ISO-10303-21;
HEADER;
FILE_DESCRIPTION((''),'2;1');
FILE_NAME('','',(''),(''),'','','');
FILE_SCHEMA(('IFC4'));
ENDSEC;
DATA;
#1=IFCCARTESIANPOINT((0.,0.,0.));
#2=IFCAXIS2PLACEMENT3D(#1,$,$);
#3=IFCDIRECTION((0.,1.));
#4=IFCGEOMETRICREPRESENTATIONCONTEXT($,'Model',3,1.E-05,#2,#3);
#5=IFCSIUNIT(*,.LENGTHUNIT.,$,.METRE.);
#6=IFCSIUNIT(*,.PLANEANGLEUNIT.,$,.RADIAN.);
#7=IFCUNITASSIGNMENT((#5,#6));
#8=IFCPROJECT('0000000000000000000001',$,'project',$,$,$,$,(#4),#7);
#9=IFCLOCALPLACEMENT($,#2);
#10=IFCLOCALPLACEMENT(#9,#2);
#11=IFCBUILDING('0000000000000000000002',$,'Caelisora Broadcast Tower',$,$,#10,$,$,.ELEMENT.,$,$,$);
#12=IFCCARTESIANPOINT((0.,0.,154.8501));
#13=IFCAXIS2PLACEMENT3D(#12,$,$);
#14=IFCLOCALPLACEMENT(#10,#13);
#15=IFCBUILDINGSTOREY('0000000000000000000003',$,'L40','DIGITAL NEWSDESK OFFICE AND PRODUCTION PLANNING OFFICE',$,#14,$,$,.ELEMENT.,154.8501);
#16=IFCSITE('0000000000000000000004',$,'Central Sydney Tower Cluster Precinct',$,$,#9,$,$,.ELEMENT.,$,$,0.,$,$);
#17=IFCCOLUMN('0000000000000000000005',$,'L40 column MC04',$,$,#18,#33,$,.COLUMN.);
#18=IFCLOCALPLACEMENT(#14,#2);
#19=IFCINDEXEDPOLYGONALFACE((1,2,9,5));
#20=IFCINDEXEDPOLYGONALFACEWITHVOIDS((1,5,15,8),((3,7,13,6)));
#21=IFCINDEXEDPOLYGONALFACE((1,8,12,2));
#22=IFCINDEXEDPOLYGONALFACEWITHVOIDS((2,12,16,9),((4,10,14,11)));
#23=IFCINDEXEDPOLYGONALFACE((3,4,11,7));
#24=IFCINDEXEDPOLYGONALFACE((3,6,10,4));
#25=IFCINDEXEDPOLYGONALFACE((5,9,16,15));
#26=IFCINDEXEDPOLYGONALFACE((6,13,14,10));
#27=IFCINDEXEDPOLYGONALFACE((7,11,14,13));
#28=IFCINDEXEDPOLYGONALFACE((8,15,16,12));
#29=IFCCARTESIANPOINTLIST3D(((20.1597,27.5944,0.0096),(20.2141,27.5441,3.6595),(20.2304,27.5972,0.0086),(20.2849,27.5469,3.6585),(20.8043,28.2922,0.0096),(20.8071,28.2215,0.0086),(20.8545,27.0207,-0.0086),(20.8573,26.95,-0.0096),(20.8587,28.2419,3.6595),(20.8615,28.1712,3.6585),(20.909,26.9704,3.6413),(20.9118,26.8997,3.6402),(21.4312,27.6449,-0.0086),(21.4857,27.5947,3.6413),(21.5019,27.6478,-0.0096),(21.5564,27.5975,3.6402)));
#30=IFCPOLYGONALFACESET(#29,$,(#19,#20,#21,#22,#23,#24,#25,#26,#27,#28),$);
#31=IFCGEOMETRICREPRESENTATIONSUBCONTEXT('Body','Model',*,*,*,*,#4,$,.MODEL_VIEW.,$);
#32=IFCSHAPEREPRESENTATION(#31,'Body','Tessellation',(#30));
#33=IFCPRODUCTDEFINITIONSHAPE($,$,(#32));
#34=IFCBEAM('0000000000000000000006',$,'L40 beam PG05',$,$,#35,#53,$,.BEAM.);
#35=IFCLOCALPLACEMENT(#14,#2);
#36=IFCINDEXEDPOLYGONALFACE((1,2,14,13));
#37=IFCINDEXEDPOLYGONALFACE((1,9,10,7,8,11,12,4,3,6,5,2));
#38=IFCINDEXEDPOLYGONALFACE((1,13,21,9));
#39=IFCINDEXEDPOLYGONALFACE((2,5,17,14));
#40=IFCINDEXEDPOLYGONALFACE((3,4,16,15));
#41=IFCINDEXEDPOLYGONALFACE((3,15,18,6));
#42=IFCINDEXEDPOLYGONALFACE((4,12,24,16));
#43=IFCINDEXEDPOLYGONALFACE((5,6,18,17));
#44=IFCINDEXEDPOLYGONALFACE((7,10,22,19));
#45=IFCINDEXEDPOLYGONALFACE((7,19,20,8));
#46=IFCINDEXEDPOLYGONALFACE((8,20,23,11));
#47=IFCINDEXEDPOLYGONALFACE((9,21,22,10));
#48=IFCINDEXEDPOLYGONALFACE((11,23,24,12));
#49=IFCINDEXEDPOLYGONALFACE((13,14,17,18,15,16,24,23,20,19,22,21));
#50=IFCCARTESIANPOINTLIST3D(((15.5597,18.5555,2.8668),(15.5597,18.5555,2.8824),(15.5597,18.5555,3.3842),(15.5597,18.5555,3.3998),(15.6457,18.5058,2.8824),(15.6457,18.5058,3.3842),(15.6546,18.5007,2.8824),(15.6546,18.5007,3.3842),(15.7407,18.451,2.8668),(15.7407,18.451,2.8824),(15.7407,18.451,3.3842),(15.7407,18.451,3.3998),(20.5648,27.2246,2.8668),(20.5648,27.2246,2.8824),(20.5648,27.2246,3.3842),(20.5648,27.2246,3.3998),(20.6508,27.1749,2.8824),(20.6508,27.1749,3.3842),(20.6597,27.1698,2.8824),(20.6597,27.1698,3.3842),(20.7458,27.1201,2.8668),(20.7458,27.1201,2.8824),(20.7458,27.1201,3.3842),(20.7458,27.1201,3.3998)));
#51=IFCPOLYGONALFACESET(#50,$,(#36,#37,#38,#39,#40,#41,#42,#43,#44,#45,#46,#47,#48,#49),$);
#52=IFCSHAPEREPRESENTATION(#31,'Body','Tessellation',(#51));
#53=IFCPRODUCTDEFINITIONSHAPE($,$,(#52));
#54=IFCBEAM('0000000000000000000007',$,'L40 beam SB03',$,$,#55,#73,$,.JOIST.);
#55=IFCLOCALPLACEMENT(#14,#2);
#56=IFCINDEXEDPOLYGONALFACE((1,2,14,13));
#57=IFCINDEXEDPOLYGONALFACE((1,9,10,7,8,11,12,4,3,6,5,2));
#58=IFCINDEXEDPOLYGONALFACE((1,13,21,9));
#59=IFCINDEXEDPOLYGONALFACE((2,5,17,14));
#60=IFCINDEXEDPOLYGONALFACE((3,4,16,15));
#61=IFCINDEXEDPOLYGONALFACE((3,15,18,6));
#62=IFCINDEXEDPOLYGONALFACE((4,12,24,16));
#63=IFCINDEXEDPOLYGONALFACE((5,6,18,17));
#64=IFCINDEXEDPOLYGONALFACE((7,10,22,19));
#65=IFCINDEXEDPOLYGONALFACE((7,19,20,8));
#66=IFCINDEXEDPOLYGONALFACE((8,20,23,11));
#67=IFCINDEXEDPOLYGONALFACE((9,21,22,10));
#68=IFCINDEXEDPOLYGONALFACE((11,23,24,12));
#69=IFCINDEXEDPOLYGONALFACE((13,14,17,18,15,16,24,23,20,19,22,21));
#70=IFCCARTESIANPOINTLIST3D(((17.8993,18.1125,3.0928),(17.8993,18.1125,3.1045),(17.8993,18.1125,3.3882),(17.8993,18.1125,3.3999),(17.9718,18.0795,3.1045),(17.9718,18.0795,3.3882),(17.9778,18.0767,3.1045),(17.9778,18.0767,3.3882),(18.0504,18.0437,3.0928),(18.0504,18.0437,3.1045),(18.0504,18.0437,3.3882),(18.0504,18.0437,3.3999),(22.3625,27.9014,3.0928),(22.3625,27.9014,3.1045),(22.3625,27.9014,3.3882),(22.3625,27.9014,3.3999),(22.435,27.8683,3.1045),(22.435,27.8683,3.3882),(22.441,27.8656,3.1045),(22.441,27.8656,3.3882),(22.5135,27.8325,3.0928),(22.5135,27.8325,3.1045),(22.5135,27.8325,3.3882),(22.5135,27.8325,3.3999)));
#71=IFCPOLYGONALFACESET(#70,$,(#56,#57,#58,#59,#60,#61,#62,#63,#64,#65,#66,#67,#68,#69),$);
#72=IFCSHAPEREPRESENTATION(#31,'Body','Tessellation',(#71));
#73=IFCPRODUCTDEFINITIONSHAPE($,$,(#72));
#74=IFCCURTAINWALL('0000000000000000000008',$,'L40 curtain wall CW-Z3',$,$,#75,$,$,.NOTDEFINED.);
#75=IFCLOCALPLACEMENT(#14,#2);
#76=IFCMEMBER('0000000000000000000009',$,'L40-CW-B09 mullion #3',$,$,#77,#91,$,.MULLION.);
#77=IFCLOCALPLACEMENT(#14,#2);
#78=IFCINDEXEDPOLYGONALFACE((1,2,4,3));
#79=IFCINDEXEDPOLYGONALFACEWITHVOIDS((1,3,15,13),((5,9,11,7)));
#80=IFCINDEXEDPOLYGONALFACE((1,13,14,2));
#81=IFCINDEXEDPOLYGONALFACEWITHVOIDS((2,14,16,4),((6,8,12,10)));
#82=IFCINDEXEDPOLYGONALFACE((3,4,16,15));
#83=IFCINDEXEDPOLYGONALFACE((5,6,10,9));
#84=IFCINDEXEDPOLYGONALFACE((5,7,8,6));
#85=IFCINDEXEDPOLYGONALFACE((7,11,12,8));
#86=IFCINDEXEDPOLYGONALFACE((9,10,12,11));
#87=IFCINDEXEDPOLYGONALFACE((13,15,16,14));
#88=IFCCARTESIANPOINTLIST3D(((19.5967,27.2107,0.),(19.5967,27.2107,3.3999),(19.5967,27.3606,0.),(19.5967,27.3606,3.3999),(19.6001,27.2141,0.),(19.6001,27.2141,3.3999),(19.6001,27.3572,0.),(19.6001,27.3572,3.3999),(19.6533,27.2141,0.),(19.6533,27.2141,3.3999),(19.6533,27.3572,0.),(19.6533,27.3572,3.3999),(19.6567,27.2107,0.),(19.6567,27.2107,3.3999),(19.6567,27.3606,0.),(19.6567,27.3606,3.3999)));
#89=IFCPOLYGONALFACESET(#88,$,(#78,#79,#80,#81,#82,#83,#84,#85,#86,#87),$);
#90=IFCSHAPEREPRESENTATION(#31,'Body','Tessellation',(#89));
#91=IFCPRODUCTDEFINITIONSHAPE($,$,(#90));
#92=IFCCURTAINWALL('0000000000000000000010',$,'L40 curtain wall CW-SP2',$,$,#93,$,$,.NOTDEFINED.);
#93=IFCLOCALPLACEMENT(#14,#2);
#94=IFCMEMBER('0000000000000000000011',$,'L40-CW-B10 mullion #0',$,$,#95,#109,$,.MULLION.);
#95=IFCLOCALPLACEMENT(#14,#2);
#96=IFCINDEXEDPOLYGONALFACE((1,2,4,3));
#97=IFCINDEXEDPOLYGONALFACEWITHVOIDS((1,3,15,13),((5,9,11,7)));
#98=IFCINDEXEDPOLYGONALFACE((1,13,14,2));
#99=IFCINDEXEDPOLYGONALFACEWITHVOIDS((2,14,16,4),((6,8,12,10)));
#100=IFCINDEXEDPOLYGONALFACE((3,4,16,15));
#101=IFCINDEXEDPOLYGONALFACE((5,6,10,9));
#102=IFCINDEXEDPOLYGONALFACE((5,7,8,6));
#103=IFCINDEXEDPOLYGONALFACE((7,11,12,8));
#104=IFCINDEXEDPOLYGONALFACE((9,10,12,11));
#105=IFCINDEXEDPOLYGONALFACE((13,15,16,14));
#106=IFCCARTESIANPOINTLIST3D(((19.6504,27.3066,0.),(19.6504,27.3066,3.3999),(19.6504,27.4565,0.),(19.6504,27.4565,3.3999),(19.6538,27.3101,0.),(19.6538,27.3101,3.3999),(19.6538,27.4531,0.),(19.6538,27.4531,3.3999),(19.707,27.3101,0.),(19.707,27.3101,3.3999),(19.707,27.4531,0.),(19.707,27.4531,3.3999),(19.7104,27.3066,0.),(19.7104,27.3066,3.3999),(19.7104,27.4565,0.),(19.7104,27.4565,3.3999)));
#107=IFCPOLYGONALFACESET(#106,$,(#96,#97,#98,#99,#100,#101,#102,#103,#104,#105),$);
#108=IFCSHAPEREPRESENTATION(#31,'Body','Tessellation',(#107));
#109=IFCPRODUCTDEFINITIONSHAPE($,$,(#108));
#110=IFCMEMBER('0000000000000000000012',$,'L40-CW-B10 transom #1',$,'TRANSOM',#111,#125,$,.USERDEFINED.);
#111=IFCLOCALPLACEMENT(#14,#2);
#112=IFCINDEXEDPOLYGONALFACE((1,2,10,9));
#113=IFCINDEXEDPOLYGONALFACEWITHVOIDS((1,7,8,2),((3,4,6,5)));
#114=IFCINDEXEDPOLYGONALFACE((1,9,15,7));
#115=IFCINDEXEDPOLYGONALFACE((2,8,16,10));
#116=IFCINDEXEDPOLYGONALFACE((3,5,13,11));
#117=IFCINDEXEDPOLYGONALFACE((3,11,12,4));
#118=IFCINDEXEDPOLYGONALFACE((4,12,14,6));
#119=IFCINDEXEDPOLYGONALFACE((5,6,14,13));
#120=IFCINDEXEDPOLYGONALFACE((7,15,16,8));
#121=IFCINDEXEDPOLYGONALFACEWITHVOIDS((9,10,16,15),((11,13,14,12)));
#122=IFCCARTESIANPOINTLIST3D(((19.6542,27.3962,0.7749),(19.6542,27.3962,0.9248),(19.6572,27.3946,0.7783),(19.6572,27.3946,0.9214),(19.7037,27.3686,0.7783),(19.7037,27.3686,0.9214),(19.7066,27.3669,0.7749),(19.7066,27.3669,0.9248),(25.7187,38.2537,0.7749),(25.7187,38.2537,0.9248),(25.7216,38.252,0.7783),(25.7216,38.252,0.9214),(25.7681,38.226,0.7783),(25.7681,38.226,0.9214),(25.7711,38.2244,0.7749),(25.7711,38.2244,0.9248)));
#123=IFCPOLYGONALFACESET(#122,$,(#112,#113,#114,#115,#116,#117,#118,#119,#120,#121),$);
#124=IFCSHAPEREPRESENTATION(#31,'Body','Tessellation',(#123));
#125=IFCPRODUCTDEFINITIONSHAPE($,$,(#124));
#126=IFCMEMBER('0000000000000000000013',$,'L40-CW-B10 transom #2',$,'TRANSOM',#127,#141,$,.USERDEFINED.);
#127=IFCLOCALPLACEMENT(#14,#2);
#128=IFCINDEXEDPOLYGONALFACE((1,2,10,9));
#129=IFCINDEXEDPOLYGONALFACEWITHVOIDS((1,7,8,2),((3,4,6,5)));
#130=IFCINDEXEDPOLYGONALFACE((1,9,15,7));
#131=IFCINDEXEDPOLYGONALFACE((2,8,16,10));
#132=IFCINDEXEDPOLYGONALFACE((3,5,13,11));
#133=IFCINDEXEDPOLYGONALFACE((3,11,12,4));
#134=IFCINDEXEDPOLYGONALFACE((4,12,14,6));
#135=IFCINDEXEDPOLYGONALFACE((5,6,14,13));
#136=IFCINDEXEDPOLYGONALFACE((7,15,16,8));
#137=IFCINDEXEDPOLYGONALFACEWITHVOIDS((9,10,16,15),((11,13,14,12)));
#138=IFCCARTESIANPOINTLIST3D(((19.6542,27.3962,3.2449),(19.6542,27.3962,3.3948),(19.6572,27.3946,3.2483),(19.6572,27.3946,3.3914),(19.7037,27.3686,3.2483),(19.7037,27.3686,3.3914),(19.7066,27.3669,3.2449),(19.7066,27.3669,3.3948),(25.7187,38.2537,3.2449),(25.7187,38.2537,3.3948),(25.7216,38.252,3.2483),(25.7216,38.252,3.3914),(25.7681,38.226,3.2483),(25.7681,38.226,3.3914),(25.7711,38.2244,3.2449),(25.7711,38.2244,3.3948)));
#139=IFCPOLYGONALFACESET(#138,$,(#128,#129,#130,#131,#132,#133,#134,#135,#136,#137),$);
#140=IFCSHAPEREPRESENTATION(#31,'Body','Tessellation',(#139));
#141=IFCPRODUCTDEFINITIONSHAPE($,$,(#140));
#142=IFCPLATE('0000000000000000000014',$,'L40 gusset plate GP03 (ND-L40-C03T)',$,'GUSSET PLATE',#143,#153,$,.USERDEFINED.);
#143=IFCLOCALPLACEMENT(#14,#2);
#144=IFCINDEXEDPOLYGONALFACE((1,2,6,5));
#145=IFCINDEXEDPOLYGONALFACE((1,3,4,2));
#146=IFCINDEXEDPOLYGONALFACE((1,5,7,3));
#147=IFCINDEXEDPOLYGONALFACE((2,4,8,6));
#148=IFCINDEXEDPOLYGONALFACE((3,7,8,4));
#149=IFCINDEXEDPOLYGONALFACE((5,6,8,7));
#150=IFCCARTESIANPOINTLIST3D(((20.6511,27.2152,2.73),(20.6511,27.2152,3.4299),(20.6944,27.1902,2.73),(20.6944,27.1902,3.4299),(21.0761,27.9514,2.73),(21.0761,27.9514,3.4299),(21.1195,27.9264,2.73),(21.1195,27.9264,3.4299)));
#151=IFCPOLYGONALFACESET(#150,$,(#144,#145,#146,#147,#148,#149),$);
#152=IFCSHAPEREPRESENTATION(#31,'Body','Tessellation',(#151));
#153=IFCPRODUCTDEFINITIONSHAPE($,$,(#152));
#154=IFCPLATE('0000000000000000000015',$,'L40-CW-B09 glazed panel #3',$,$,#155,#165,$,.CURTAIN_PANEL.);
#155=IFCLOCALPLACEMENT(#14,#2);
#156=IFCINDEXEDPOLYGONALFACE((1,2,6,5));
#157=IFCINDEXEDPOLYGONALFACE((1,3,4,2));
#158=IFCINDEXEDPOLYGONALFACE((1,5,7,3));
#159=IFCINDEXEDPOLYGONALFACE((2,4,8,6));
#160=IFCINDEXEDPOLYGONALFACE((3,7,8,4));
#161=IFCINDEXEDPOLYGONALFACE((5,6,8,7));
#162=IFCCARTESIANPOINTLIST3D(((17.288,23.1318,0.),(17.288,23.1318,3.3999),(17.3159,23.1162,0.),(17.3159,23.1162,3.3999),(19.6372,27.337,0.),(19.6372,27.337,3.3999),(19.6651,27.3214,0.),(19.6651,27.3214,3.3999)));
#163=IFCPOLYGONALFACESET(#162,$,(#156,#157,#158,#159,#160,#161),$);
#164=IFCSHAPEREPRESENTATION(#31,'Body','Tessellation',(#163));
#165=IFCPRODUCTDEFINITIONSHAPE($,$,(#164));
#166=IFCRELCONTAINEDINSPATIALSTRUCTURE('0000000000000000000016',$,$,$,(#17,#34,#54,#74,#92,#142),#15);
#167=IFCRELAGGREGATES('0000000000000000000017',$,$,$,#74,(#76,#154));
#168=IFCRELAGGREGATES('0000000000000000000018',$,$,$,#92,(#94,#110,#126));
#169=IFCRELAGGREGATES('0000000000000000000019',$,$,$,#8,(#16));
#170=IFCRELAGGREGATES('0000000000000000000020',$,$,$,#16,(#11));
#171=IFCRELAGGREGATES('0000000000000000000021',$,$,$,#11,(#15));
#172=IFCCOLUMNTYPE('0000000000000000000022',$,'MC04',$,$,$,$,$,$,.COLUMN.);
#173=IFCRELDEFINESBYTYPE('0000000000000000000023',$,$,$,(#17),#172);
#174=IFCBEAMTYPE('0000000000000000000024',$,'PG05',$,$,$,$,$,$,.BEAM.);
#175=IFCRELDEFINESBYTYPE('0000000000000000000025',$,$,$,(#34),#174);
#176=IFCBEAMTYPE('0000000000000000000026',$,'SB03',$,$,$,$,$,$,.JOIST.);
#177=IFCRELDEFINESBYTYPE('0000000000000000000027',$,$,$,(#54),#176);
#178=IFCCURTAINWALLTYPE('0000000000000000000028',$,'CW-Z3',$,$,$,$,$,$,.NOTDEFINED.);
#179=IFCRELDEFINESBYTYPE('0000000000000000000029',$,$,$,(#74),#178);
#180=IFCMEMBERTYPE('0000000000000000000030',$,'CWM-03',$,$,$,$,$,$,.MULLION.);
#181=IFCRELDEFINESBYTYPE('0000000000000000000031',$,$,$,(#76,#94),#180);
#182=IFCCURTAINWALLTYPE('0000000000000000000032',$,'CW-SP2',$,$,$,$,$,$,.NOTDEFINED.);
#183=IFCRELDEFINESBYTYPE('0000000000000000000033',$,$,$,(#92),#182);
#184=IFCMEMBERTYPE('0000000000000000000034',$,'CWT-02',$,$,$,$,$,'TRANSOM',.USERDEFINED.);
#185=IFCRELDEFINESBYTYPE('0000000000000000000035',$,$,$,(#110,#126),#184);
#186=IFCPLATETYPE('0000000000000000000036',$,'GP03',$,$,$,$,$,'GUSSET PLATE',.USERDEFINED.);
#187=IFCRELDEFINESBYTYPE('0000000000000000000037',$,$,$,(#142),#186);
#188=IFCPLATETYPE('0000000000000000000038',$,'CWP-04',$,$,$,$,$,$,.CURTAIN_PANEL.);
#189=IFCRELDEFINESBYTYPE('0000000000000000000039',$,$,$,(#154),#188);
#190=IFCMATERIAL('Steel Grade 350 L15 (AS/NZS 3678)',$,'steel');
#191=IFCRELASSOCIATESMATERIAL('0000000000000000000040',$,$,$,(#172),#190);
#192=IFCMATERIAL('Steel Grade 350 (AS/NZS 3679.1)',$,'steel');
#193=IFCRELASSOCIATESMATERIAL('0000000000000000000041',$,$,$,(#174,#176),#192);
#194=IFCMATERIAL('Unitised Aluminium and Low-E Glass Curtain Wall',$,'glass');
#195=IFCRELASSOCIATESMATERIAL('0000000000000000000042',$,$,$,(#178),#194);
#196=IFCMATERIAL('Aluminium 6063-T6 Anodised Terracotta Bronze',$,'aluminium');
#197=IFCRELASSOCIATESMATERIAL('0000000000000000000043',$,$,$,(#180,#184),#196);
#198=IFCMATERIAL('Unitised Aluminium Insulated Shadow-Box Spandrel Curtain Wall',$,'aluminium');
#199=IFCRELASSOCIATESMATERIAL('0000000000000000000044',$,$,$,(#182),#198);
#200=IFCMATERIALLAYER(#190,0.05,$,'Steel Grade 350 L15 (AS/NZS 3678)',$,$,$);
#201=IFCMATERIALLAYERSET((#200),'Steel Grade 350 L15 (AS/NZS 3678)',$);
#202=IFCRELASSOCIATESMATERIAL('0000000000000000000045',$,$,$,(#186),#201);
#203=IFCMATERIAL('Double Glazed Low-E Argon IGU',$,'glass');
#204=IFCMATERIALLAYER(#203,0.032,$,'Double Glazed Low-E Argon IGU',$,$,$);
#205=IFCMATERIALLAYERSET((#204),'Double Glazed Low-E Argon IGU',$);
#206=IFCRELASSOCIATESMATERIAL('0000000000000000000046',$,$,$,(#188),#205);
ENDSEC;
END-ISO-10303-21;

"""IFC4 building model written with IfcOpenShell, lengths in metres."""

from ifc_helpers import new_model, si_unit, direction, frame, origin, origin_2d, place, context, subcontext, project, spatial, rectangle, hollow_rectangle, i_section, extrude, source, transform, mapped, material, layer, layer_set, material_profile, profile_set, type_object, type_shapes, element, aggregate, save


model = new_model("IFC4")

# Units and contexts
model_context = context("Model", 3, precision=1e-05, world=origin(), true_north=direction((0.0, 1.0)))
body_context = subcontext(model_context, "Body", "Model", "MODEL_VIEW")
ifc_project = project(units=[si_unit("LENGTHUNIT", "METRE"), si_unit("PLANEANGLEUNIT", "RADIAN")], contexts=[model_context])

# Site, building, storey
site_placement = place(None, origin())
site = spatial("IfcSite", under=ifc_project, at=site_placement, Name="Central Sydney Tower Cluster Precinct", CompositionType="ELEMENT", RefElevation=0.0)
building_placement = place(site_placement, origin())
building = spatial("IfcBuilding", under=site, at=building_placement, Name="Caelisora Broadcast Tower", CompositionType="ELEMENT")
storey_placement = place(building_placement, frame((0.0, 0.0, 154.8501)))
storey = spatial("IfcBuildingStorey", under=building, at=storey_placement, Name="L40", Description="DIGITAL NEWSDESK OFFICE AND PRODUCTION PLANNING OFFICE", CompositionType="ELEMENT", Elevation=154.8501)

# Column
ifc_material_1 = material(Name="Steel Grade 350 L15 (AS/NZS 3678)", Category="steel")
ifc_material_profile_1 = material_profile(ifc_material_1, hollow_rectangle(XDim=0.95, YDim=0.95, WallThickness=0.05, at=origin_2d()), Name="Steel Grade 350 L15 (AS/NZS 3678)")
ifc_profile_set_1 = profile_set([ifc_material_profile_1], Name="Steel Grade 350 L15 (AS/NZS 3678)")
column_type = type_object("IfcColumnType", Name="MC04", PredefinedType="COLUMN", material=ifc_profile_set_1)
shared_shape_1 = source(origin(), body_context, "Body", "SweptSolid", [
    extrude(hollow_rectangle(XDim=0.95, YDim=0.95, WallThickness=0.05, at=origin_2d()), origin(), (0.0, 0.0, 1.0), 3.6506),
])
type_shapes(column_type, [shared_shape_1])
column_placement = place(storey_placement, frame((20.8308, 27.6211, 0.0), z_axis=(0.014913, -0.013776, 0.999794), x_axis=(0.678554, 0.734551, 0.0)))
element("IfcColumn", 1, at=column_placement, inside=storey, type_object=column_type, Name="L40 column MC04", PredefinedType="COLUMN", context=body_context, shape_type="MappedRepresentation", body=[
    mapped(shared_shape_1, transform((0.0, 0.0, 0.0), scale=1.0)),
])

# Beams
ifc_material_2 = material(Name="Steel Grade 350 (AS/NZS 3679.1)", Category="steel")
ifc_material_profile_2 = material_profile(ifc_material_2, i_section(OverallWidth=0.209, OverallDepth=0.533, WebThickness=0.0103, FlangeThickness=0.0156, at=origin_2d()), Name="Steel Grade 350 (AS/NZS 3679.1)")
ifc_profile_set_2 = profile_set([ifc_material_profile_2], Name="Steel Grade 350 (AS/NZS 3679.1)")
beam_type_1 = type_object("IfcBeamType", Name="PG05", PredefinedType="BEAM", material=ifc_profile_set_2)
shared_shape_2 = source(origin(), body_context, "Body", "SweptSolid", [
    extrude(i_section(OverallWidth=0.209, OverallDepth=0.533, WebThickness=0.0103, FlangeThickness=0.0156, at=origin_2d()), origin(), (0.0, 0.0, 1.0), 10.0103),
])
type_shapes(beam_type_1, [shared_shape_2])
beam_1_placement = place(storey_placement, frame((20.6553, 27.1724, 3.1333), z_axis=(-0.499998, -0.866027, 0.0), x_axis=(0.866027, -0.499998, 0.0)))
element("IfcBeam", 2, at=beam_1_placement, inside=storey, type_object=beam_type_1, Name="L40 beam PG05", PredefinedType="BEAM", context=body_context, shape_type="MappedRepresentation", body=[
    mapped(shared_shape_2, transform((0.0, 0.0, 0.0), scale=1.0)),
])
ifc_material_profile_3 = material_profile(ifc_material_2, i_section(OverallWidth=0.166, OverallDepth=0.3071, WebThickness=0.0066, FlangeThickness=0.0117, at=origin_2d()), Name="Steel Grade 350 (AS/NZS 3679.1)")
ifc_profile_set_3 = profile_set([ifc_material_profile_3], Name="Steel Grade 350 (AS/NZS 3679.1)")
beam_type_2 = type_object("IfcBeamType", Name="SB03", PredefinedType="JOIST", material=ifc_profile_set_3)
shared_shape_3 = source(origin(), body_context, "Body", "SweptSolid", [
    extrude(i_section(OverallWidth=0.166, OverallDepth=0.3071, WebThickness=0.0066, FlangeThickness=0.0117, at=origin_2d()), origin(), (0.0, 0.0, 1.0), 10.7583),
])
type_shapes(beam_type_2, [shared_shape_3])
beam_2_placement = place(storey_placement, frame((22.438, 27.8669, 3.2463), z_axis=(-0.414856, -0.909887, 0.0), x_axis=(0.909887, -0.414856, 0.0)))
element("IfcBeam", 3, at=beam_2_placement, inside=storey, type_object=beam_type_2, Name="L40 beam SB03", PredefinedType="JOIST", context=body_context, shape_type="MappedRepresentation", body=[
    mapped(shared_shape_3, transform((0.0, 0.0, 0.0), scale=1.0)),
])

# Curtain wall, member
ifc_material_3 = material(Name="Unitised Aluminium and Low-E Glass Curtain Wall", Category="glass")
curtain_wall_type_1 = type_object("IfcCurtainWallType", Name="CW-Z3", PredefinedType="NOTDEFINED", material=ifc_material_3)
curtain_wall_1_placement = place(storey_placement, origin())
curtain_wall_1 = element("IfcCurtainWall", 4, at=curtain_wall_1_placement, inside=storey, type_object=curtain_wall_type_1, Name="L40 curtain wall CW-Z3", PredefinedType="NOTDEFINED")
ifc_material_4 = material(Name="Aluminium 6063-T6 Anodised Terracotta Bronze", Category="aluminium")
ifc_material_profile_4 = material_profile(ifc_material_4, hollow_rectangle(XDim=0.0601, YDim=0.1499, WallThickness=0.0034, at=origin_2d()), Name="Aluminium 6063-T6 Anodised Terracotta Bronze")
ifc_profile_set_4 = profile_set([ifc_material_profile_4], Name="Aluminium 6063-T6 Anodised Terracotta Bronze")
member_type_1 = type_object("IfcMemberType", Name="CWM-03", PredefinedType="MULLION", material=ifc_profile_set_4)
shared_shape_4 = source(origin(), body_context, "Body", "SweptSolid", [
    extrude(hollow_rectangle(XDim=0.0601, YDim=0.1499, WallThickness=0.0034, at=origin_2d()), origin(), (0.0, 0.0, 1.0), 3.3999),
])
type_shapes(member_type_1, [shared_shape_4])
member_1_placement = place(storey_placement, frame((19.6267, 27.2856, 0.0), z_axis=(0.0, 0.0, 1.0), x_axis=(1.0, 0.0, 0.0)))
member_1 = element("IfcMember", 5, at=member_1_placement, type_object=member_type_1, Name="L40-CW-B09 mullion #3", PredefinedType="MULLION", context=body_context, shape_type="MappedRepresentation", body=[
    mapped(shared_shape_4, transform((0.0, 0.0, 0.0), scale=1.0)),
])

# Curtain wall, members
ifc_material_5 = material(Name="Unitised Aluminium Insulated Shadow-Box Spandrel Curtain Wall", Category="aluminium")
curtain_wall_type_2 = type_object("IfcCurtainWallType", Name="CW-SP2", PredefinedType="NOTDEFINED", material=ifc_material_5)
curtain_wall_2_placement = place(storey_placement, origin())
curtain_wall_2 = element("IfcCurtainWall", 6, at=curtain_wall_2_placement, inside=storey, type_object=curtain_wall_type_2, Name="L40 curtain wall CW-SP2", PredefinedType="NOTDEFINED")
member_2_placement = place(storey_placement, frame((19.6804, 27.3816, 0.0), z_axis=(0.0, 0.0, 1.0), x_axis=(1.0, 0.0, 0.0)))
member_2 = element("IfcMember", 7, at=member_2_placement, type_object=member_type_1, Name="L40-CW-B10 mullion #0", PredefinedType="MULLION", context=body_context, shape_type="MappedRepresentation", body=[
    mapped(shared_shape_4, transform((0.0, 0.0, 0.0), scale=1.0)),
])
ifc_material_profile_5 = material_profile(ifc_material_4, hollow_rectangle(XDim=0.0601, YDim=0.1499, WallThickness=0.0034, at=origin_2d()), Name="Aluminium 6063-T6 Anodised Terracotta Bronze")
ifc_profile_set_5 = profile_set([ifc_material_profile_5], Name="Aluminium 6063-T6 Anodised Terracotta Bronze")
member_type_2 = type_object("IfcMemberType", Name="CWT-02", ElementType="TRANSOM", PredefinedType="USERDEFINED", material=ifc_profile_set_5)
shared_shape_5 = source(origin(), body_context, "Body", "SweptSolid", [
    extrude(hollow_rectangle(XDim=0.0601, YDim=0.1499, WallThickness=0.0034, at=origin_2d()), origin(), (0.0, 0.0, 1.0), 12.4363),
])
type_shapes(member_type_2, [shared_shape_5])
member_3_placement = place(storey_placement, frame((19.6804, 27.3816, 0.8499), z_axis=(0.487642, 0.873044, 0.0), x_axis=(-0.873044, 0.487642, 0.0)))
member_3 = element("IfcMember", 8, at=member_3_placement, type_object=member_type_2, Name="L40-CW-B10 transom #1", ObjectType="TRANSOM", PredefinedType="USERDEFINED", context=body_context, shape_type="MappedRepresentation", body=[
    mapped(shared_shape_5, transform((0.0, 0.0, 0.0), scale=1.0)),
])
member_4_placement = place(storey_placement, frame((19.6804, 27.3816, 3.3198), z_axis=(0.487642, 0.873044, 0.0), x_axis=(-0.873044, 0.487642, 0.0)))
member_4 = element("IfcMember", 9, at=member_4_placement, type_object=member_type_2, Name="L40-CW-B10 transom #2", ObjectType="TRANSOM", PredefinedType="USERDEFINED", context=body_context, shape_type="MappedRepresentation", body=[
    mapped(shared_shape_5, transform((0.0, 0.0, 0.0), scale=1.0)),
])

# Plates
ifc_layer_1 = layer(ifc_material_1, 0.05, Name="Steel Grade 350 L15 (AS/NZS 3678)")
ifc_layer_set_1 = layer_set([ifc_layer_1], Name="Steel Grade 350 L15 (AS/NZS 3678)")
plate_type_1 = type_object("IfcPlateType", Name="GP03", ElementType="GUSSET PLATE", PredefinedType="USERDEFINED", material=ifc_layer_set_1)
shared_shape_6 = source(origin(), body_context, "Body", "SweptSolid", [
    extrude(rectangle(XDim=0.8501, YDim=0.05, at=origin_2d()), origin(), (0.0, 0.0, 1.0), 0.7),
])
type_shapes(plate_type_1, [shared_shape_6])
plate_1_placement = place(storey_placement, frame((20.8853, 27.5708, 2.73), z_axis=(0.0, 0.0, 1.0), x_axis=(-0.5, -0.866025, 0.0)))
element("IfcPlate", 10, at=plate_1_placement, inside=storey, type_object=plate_type_1, Name="L40 gusset plate GP03 (ND-L40-C03T)", ObjectType="GUSSET PLATE", PredefinedType="USERDEFINED", context=body_context, shape_type="MappedRepresentation", body=[
    mapped(shared_shape_6, transform((0.0, 0.0, 0.0), scale=1.0)),
])
ifc_material_6 = material(Name="Double Glazed Low-E Argon IGU", Category="glass")
ifc_layer_2 = layer(ifc_material_6, 0.032, Name="Double Glazed Low-E Argon IGU")
ifc_layer_set_2 = layer_set([ifc_layer_2], Name="Double Glazed Low-E Argon IGU")
plate_type_2 = type_object("IfcPlateType", Name="CWP-04", PredefinedType="CURTAIN_PANEL", material=ifc_layer_set_2)
shared_shape_7 = source(origin(), body_context, "Body", "SweptSolid", [
    extrude(rectangle(XDim=4.8169, YDim=0.032, at=origin_2d()), origin(), (0.0, 0.0, 1.0), 3.3999),
])
type_shapes(plate_type_2, [shared_shape_7])
plate_2_placement = place(storey_placement, frame((18.4766, 25.2266, 0.0), z_axis=(0.0, 0.0, 1.0), x_axis=(0.487707, 0.873007, 0.0)))
plate_2 = element("IfcPlate", 11, at=plate_2_placement, type_object=plate_type_2, Name="L40-CW-B09 glazed panel #3", PredefinedType="CURTAIN_PANEL", context=body_context, shape_type="MappedRepresentation", body=[
    mapped(shared_shape_7, transform((0.0, 0.0, 0.0), scale=1.0)),
])
aggregate(curtain_wall_1, [member_1, plate_2])
aggregate(curtain_wall_2, [member_2, member_3, member_4])

save(model, "model.ifc")
